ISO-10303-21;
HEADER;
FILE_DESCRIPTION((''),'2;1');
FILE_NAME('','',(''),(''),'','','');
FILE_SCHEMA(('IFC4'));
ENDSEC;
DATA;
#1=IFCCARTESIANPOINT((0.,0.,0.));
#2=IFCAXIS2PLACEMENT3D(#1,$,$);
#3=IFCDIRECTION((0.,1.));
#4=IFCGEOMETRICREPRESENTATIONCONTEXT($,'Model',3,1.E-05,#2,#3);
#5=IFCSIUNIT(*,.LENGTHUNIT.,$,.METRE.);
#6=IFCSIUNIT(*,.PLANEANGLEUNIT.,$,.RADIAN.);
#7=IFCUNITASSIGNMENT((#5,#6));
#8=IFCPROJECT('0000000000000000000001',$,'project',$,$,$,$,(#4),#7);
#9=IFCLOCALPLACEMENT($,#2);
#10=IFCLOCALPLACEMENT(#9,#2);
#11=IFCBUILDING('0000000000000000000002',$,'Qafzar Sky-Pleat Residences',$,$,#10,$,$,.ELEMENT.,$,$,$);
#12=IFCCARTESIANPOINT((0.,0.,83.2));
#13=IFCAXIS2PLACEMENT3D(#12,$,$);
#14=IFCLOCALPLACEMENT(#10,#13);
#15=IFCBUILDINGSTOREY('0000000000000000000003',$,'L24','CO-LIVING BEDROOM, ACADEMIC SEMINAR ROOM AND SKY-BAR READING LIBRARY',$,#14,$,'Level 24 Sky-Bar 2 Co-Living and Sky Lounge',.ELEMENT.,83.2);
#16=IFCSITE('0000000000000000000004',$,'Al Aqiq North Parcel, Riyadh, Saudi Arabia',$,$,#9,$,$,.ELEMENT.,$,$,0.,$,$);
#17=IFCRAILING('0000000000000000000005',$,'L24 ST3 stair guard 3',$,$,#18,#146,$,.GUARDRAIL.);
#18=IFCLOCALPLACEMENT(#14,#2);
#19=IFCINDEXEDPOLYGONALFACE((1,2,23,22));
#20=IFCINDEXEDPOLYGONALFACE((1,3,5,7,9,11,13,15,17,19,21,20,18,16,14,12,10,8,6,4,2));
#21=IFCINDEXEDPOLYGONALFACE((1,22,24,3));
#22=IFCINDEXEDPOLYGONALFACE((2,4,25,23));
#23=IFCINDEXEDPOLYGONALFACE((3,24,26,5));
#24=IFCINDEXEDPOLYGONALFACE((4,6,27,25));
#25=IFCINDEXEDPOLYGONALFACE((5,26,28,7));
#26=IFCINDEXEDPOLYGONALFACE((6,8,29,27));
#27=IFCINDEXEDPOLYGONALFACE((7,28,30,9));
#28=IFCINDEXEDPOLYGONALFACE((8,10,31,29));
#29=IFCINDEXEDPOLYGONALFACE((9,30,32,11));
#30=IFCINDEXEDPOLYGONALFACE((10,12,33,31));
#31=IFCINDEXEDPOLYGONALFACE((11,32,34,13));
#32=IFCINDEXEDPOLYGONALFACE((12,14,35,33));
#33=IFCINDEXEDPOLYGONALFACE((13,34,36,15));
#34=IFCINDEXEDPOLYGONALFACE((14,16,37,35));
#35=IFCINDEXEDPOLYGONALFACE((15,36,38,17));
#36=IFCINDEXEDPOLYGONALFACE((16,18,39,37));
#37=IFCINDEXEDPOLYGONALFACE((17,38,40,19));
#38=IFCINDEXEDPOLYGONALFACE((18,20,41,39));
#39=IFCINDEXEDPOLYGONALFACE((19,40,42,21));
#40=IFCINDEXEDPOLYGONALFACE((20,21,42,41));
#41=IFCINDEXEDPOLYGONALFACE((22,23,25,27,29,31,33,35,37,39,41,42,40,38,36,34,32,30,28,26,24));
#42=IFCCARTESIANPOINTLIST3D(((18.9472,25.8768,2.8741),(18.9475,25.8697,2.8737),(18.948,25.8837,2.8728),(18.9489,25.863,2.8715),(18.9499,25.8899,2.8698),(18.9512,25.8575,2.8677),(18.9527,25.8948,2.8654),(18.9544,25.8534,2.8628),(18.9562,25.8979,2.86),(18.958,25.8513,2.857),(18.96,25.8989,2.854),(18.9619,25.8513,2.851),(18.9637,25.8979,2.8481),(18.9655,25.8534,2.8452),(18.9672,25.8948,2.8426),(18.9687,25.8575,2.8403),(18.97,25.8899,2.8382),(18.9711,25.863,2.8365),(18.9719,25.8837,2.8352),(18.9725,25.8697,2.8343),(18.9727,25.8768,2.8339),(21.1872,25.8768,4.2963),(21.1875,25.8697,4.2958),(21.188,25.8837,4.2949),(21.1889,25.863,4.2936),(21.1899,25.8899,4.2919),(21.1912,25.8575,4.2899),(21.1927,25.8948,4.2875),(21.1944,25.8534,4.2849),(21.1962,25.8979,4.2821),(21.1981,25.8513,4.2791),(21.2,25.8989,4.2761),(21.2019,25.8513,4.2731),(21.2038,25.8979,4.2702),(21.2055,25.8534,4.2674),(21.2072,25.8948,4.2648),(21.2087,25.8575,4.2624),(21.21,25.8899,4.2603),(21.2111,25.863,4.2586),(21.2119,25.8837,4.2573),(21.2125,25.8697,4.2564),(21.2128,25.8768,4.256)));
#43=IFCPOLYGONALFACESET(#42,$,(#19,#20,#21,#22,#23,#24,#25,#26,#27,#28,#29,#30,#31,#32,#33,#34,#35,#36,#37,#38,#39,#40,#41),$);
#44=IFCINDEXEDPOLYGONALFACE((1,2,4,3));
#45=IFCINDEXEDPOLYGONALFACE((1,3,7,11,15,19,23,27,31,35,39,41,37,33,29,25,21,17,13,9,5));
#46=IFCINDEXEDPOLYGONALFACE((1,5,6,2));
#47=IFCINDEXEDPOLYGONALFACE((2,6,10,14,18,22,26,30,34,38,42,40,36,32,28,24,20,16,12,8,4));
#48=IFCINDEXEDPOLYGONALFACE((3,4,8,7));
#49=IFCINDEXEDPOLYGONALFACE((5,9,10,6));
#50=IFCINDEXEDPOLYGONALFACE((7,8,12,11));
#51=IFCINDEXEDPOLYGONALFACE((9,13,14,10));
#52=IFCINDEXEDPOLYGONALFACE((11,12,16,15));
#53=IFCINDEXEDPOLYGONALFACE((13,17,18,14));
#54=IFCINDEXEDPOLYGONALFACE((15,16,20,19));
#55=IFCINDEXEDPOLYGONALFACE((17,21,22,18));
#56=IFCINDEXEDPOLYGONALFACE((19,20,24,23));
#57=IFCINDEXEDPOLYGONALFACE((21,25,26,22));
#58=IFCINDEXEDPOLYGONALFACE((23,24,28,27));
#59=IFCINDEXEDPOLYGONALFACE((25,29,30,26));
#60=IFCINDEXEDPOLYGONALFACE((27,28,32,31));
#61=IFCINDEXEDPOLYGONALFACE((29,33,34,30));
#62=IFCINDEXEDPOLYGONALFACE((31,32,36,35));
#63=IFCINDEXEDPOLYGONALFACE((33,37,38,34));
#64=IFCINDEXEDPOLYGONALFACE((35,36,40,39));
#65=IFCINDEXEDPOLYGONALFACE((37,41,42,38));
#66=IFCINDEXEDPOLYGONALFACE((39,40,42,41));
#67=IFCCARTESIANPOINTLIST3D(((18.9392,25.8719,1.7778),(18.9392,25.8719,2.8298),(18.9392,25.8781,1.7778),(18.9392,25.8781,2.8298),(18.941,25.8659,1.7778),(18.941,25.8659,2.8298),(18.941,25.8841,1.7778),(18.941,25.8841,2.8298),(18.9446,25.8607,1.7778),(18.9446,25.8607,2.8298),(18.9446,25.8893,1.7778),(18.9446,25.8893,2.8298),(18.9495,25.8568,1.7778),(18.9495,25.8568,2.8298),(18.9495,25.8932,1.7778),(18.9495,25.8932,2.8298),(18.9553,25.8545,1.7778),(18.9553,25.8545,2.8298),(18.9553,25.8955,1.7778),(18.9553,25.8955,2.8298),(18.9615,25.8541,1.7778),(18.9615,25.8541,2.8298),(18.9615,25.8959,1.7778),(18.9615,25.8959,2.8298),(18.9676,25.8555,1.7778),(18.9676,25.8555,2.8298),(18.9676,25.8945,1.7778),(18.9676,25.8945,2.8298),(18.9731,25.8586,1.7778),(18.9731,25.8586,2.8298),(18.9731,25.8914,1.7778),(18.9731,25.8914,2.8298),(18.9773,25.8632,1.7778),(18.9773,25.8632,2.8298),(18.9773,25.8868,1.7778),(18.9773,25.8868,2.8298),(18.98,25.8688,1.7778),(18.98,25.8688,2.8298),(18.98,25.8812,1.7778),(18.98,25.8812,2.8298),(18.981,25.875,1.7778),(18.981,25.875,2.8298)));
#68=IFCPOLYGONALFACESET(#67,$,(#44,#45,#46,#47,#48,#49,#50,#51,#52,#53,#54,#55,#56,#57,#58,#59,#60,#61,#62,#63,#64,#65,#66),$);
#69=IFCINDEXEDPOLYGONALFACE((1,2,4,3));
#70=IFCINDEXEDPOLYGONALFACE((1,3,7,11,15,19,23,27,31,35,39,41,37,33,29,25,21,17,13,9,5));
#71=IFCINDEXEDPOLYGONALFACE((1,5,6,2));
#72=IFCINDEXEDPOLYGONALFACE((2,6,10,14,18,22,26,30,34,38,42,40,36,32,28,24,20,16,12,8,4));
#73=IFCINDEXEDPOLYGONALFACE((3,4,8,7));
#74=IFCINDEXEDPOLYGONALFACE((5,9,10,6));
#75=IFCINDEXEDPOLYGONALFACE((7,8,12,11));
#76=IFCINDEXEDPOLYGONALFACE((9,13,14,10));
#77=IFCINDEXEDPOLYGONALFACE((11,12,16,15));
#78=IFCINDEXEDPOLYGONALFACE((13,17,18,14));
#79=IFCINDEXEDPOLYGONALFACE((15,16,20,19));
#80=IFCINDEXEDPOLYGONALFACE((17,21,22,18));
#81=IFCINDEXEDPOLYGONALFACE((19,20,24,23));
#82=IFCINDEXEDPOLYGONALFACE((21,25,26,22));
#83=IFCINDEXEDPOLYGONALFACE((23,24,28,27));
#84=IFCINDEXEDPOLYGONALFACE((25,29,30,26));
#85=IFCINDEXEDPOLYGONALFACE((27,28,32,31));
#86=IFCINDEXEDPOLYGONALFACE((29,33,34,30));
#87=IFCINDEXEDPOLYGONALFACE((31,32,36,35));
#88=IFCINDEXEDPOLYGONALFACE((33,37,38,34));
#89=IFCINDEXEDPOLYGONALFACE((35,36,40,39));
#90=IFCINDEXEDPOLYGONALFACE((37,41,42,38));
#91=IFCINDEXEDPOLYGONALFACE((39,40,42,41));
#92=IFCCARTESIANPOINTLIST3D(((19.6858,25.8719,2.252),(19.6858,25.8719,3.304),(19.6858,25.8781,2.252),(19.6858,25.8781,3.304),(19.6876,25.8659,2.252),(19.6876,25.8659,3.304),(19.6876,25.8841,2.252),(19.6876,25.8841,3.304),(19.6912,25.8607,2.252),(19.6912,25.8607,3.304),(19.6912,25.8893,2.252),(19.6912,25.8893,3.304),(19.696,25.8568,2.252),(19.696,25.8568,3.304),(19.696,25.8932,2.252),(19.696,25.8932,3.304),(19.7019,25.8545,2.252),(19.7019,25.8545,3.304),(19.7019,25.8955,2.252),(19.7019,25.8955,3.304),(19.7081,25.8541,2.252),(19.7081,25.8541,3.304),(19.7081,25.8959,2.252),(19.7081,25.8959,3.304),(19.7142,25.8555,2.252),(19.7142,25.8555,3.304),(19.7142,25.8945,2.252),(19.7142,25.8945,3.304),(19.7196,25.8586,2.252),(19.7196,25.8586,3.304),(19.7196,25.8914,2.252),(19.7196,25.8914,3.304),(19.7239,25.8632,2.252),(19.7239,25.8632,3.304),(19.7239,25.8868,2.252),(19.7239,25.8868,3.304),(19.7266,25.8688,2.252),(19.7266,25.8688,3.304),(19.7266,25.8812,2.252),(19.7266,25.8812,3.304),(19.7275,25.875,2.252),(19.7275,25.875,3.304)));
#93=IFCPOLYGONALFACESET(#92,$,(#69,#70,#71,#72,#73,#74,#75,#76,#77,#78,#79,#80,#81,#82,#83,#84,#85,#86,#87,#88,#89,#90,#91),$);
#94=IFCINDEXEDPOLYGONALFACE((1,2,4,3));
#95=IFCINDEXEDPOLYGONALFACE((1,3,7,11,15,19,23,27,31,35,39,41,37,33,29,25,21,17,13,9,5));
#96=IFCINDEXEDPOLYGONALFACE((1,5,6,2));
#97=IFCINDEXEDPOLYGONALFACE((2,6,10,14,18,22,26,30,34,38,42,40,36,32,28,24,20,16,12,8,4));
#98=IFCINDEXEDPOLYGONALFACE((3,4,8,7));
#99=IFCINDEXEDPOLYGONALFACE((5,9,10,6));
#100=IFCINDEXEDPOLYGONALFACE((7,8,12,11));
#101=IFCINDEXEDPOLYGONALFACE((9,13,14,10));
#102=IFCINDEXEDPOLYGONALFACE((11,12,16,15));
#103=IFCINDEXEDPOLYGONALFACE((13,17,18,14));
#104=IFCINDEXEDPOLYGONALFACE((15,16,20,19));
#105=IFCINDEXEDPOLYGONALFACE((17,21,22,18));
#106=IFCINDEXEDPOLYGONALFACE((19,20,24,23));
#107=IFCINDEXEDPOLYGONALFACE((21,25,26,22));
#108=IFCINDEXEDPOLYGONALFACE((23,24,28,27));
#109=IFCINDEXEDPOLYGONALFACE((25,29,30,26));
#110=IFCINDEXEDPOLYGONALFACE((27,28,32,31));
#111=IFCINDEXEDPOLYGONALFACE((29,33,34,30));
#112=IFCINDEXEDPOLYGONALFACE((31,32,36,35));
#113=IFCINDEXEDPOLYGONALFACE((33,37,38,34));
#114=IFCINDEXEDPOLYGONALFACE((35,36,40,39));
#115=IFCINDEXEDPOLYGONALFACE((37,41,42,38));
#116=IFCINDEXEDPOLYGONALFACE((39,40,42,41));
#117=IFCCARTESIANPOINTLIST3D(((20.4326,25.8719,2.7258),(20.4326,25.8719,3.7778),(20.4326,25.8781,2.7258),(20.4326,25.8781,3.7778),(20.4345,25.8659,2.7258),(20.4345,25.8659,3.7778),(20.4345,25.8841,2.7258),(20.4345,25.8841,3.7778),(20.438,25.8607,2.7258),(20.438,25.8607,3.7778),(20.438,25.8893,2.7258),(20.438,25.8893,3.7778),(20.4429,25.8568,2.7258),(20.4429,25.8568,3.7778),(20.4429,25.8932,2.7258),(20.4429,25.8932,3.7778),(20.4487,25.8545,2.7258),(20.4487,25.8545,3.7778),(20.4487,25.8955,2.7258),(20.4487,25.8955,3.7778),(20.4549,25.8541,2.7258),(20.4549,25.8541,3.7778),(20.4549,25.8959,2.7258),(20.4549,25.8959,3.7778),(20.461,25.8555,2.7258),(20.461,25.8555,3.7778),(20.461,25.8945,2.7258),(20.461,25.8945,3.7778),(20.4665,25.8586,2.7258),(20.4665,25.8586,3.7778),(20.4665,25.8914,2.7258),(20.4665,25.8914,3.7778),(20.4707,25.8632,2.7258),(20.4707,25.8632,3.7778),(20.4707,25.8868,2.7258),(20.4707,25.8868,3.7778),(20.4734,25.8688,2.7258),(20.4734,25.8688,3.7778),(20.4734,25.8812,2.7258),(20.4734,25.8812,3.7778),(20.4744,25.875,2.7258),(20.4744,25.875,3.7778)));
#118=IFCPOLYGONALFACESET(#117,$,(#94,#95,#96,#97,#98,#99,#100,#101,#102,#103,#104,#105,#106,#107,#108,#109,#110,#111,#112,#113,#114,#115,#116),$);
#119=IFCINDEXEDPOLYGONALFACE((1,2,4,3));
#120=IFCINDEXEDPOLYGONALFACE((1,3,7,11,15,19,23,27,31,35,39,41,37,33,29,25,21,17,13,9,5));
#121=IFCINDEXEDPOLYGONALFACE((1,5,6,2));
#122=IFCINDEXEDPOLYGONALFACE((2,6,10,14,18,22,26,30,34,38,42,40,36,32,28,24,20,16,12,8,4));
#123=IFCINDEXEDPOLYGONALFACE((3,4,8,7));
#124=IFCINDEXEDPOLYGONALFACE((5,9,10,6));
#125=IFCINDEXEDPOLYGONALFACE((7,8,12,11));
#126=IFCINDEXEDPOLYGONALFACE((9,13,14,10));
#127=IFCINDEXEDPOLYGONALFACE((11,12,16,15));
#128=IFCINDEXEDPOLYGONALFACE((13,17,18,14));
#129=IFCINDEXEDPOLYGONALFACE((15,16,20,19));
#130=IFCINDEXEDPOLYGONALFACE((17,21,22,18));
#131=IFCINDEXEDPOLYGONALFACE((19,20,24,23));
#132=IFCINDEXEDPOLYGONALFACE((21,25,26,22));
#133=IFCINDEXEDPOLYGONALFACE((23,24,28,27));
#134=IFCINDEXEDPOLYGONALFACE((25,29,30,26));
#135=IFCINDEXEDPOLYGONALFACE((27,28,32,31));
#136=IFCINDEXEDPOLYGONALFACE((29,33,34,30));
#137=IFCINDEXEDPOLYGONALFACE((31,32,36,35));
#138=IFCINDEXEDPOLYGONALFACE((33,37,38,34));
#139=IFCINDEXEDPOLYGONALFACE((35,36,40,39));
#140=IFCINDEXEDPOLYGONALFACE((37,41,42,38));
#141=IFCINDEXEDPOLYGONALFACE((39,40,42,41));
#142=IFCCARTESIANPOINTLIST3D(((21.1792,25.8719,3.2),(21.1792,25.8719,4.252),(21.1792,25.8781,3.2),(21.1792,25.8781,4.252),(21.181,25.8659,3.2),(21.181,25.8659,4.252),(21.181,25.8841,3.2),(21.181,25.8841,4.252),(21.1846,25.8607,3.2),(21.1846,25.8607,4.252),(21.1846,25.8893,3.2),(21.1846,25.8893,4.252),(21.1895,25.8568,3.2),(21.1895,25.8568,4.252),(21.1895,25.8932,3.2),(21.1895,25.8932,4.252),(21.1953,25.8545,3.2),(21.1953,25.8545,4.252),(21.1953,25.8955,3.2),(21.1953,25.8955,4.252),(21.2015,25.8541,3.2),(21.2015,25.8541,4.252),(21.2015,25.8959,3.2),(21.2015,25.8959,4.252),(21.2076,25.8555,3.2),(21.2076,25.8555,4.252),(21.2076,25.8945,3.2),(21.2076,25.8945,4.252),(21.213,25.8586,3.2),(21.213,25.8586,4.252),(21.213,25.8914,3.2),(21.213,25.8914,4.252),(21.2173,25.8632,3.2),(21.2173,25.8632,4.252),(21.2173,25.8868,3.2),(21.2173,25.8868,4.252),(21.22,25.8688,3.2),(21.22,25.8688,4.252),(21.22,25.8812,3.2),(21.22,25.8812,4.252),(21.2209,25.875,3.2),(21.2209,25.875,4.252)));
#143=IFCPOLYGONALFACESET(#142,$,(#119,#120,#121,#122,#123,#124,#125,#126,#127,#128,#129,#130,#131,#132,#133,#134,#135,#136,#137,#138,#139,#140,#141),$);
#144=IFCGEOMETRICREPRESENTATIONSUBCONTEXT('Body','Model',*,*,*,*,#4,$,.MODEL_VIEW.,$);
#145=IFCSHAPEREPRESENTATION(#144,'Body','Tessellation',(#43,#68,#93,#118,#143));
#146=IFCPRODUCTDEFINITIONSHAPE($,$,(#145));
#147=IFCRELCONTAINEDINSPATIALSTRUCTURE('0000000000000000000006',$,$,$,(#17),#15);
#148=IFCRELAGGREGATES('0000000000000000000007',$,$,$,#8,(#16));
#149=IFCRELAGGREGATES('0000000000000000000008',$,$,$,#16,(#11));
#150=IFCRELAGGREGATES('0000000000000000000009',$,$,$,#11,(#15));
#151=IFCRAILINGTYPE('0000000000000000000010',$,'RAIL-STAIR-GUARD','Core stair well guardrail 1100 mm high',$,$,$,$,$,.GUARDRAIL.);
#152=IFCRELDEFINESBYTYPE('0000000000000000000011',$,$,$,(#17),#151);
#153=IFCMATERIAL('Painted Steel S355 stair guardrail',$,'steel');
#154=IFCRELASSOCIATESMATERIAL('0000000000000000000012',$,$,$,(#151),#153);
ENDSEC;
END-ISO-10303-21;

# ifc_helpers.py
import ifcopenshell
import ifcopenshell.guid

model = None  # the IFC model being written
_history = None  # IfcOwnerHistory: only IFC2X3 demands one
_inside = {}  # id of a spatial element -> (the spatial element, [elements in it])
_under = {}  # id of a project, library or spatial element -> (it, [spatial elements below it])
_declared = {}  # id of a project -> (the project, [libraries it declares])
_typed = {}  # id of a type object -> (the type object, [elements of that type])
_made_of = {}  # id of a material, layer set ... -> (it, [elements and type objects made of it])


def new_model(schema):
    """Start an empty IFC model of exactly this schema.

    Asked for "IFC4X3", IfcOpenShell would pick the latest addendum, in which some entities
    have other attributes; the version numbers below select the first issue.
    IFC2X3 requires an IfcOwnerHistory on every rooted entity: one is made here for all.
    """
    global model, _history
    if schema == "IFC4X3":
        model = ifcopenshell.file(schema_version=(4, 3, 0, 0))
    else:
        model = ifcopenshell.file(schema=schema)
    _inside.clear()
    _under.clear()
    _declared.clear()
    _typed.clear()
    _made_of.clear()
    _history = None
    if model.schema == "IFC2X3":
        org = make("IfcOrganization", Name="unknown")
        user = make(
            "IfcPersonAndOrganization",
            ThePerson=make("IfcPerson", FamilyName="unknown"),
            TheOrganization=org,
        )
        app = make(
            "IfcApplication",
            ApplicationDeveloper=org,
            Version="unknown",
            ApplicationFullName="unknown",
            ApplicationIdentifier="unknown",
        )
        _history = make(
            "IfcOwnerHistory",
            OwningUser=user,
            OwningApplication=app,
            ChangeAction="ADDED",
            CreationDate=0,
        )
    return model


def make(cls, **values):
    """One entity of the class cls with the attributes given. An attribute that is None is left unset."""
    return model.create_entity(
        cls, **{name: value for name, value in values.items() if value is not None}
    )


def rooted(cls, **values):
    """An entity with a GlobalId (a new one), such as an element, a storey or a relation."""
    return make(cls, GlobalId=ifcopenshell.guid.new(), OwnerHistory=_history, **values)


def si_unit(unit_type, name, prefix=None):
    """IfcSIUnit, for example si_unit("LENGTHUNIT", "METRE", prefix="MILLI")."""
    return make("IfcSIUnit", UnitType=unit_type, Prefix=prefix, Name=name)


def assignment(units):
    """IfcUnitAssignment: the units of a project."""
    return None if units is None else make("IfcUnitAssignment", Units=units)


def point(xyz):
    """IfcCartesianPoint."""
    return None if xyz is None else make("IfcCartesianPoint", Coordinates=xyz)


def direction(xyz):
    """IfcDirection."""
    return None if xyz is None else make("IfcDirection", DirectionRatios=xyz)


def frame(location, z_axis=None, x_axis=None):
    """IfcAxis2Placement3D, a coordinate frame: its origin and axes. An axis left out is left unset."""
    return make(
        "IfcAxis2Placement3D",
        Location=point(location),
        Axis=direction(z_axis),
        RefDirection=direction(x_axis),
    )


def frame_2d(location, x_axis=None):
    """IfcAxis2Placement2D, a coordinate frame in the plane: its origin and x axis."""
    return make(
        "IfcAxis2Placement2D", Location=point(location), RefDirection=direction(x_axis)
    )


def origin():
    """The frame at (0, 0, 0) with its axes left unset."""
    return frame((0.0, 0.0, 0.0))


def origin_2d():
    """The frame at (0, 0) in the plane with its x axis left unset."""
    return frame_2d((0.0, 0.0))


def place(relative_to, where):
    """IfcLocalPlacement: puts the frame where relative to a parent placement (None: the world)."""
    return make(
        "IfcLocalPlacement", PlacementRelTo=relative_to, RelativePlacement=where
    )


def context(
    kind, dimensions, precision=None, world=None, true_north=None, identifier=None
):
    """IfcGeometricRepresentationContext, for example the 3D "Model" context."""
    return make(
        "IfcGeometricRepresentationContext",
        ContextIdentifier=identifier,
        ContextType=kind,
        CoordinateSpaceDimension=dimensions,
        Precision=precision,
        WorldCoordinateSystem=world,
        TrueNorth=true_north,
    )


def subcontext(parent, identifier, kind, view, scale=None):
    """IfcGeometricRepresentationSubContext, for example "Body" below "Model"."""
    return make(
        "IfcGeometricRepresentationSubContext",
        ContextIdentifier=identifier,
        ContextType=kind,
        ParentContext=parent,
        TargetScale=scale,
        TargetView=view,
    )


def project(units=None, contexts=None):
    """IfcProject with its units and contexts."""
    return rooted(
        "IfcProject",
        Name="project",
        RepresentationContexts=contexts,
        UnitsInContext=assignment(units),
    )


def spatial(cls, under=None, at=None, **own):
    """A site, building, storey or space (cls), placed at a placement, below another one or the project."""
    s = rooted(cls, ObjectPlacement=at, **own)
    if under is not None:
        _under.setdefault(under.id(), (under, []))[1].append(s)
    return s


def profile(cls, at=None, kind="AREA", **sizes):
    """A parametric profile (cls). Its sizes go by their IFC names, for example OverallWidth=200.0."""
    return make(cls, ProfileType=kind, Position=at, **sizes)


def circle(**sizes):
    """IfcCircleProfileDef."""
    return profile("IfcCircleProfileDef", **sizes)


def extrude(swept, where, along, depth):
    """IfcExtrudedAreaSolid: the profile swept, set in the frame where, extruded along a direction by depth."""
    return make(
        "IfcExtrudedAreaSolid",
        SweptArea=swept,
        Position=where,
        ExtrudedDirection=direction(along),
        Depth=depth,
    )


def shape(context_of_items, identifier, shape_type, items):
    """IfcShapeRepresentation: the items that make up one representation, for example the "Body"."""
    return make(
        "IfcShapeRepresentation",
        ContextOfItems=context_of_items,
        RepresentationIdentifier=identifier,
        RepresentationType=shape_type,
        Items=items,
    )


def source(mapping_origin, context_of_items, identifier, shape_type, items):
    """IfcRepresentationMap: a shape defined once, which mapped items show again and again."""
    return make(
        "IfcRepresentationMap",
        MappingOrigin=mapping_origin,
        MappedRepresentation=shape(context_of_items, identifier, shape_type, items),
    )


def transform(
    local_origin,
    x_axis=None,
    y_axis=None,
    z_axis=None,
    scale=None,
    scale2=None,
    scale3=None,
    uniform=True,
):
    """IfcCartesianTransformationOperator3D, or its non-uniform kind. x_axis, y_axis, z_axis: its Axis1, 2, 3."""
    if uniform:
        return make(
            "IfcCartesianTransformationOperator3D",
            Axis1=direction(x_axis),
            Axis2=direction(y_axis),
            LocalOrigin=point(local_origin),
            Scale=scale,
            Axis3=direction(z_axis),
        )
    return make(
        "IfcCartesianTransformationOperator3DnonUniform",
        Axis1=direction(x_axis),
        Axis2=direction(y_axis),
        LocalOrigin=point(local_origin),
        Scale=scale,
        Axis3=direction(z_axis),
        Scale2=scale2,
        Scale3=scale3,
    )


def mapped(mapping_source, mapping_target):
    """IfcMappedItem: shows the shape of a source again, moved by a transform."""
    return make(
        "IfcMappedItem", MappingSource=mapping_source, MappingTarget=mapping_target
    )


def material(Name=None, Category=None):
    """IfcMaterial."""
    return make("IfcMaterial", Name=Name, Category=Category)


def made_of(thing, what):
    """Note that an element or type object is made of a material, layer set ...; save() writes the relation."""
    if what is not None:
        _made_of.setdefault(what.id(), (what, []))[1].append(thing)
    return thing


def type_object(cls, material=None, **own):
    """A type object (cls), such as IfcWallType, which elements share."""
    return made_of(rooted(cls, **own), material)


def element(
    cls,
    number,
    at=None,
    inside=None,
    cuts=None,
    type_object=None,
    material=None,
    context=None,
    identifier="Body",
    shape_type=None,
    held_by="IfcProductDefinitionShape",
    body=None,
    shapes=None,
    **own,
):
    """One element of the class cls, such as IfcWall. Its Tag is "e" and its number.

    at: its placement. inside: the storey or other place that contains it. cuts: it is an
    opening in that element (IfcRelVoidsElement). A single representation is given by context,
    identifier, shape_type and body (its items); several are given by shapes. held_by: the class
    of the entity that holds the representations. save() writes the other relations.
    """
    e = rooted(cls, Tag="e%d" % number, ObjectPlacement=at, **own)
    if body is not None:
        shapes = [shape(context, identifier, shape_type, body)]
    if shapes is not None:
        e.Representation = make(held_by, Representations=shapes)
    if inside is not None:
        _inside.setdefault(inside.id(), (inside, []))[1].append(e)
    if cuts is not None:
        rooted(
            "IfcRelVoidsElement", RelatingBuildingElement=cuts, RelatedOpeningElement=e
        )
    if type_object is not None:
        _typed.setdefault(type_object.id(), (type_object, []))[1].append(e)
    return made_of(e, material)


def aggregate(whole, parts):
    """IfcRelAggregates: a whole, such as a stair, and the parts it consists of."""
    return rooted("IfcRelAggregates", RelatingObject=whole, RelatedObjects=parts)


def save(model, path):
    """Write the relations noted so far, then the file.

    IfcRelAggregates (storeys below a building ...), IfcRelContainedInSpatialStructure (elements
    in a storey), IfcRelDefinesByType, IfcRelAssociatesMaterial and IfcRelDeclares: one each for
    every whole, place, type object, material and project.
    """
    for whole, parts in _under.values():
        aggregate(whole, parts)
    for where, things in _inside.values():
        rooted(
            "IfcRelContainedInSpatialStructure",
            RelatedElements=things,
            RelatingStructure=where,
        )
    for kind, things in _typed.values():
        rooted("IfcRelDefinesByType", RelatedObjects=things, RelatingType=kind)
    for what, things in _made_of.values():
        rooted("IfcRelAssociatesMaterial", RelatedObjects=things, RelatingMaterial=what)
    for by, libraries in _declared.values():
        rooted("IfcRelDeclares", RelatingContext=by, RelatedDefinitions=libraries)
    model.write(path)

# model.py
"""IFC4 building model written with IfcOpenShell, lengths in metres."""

from ifc_helpers import new_model, si_unit, direction, frame, origin, origin_2d, place, context, subcontext, project, spatial, circle, extrude, source, transform, mapped, material, type_object, element, save


model = new_model("IFC4")

# Units and contexts
model_context = context("Model", 3, precision=1e-05, world=origin(), true_north=direction((0.0, 1.0)))
body_context = subcontext(model_context, "Body", "Model", "MODEL_VIEW")
ifc_project = project(units=[si_unit("LENGTHUNIT", "METRE"), si_unit("PLANEANGLEUNIT", "RADIAN")], contexts=[model_context])

# Site, building, storey
site_placement = place(None, origin())
site = spatial("IfcSite", under=ifc_project, at=site_placement, Name="Al Aqiq North Parcel, Riyadh, Saudi Arabia", CompositionType="ELEMENT", RefElevation=0.0)
building_placement = place(site_placement, origin())
building = spatial("IfcBuilding", under=site, at=building_placement, Name="Qafzar Sky-Pleat Residences", CompositionType="ELEMENT")
storey_placement = place(building_placement, frame((0.0, 0.0, 83.2)))
storey = spatial("IfcBuildingStorey", under=building, at=storey_placement, Name="L24", Description="CO-LIVING BEDROOM, ACADEMIC SEMINAR ROOM AND SKY-BAR READING LIBRARY", LongName="Level 24 Sky-Bar 2 Co-Living and Sky Lounge", CompositionType="ELEMENT", Elevation=83.2)

# Railing
ifc_material_1 = material(Name="Painted Steel S355 stair guardrail", Category="steel")
railing_type_1 = type_object("IfcRailingType", Name="RAIL-STAIR-GUARD", Description="Core stair well guardrail 1100 mm high", PredefinedType="GUARDRAIL", material=ifc_material_1)
shared_shape_1 = source(origin(), body_context, "Body", "SweptSolid", [
    extrude(circle(Radius=0.0239, at=origin_2d()), frame((0.0, 0.0, 1.0762), z_axis=(0.844229, 0.0, 0.535982), x_axis=(0.0, 1.0, 0.0)), (0.0, 0.0, 1.0), 2.6533),
    extrude(circle(Radius=0.021, at=origin_2d()), origin(), (0.0, 0.0, 1.0), 1.052),
    extrude(circle(Radius=0.021, at=origin_2d()), frame((0.7466, 0.0, 0.4741)), (0.0, 0.0, 1.0), 1.052),
    extrude(circle(Radius=0.021, at=origin_2d()), frame((1.4934, 0.0, 0.948)), (0.0, 0.0, 1.0), 1.052),
    extrude(circle(Radius=0.021, at=origin_2d()), frame((2.24, 0.0, 1.4221)), (0.0, 0.0, 1.0), 1.052),
])
railing_1_placement = place(storey_placement, frame((18.96, 25.875, 1.7778)))
element("IfcRailing", 1, at=railing_1_placement, inside=storey, type_object=railing_type_1, Name="L24 ST3 stair guard 3", PredefinedType="GUARDRAIL", context=body_context, shape_type="MappedRepresentation", body=[
    mapped(shared_shape_1, transform((0.0, 0.0, 0.0), x_axis=(1.0, 0.0, 0.0), y_axis=(0.0, 1.0, 0.0), z_axis=(0.0, 0.0, 1.0), scale=1.0)),
])

save(model, "model.ifc")
